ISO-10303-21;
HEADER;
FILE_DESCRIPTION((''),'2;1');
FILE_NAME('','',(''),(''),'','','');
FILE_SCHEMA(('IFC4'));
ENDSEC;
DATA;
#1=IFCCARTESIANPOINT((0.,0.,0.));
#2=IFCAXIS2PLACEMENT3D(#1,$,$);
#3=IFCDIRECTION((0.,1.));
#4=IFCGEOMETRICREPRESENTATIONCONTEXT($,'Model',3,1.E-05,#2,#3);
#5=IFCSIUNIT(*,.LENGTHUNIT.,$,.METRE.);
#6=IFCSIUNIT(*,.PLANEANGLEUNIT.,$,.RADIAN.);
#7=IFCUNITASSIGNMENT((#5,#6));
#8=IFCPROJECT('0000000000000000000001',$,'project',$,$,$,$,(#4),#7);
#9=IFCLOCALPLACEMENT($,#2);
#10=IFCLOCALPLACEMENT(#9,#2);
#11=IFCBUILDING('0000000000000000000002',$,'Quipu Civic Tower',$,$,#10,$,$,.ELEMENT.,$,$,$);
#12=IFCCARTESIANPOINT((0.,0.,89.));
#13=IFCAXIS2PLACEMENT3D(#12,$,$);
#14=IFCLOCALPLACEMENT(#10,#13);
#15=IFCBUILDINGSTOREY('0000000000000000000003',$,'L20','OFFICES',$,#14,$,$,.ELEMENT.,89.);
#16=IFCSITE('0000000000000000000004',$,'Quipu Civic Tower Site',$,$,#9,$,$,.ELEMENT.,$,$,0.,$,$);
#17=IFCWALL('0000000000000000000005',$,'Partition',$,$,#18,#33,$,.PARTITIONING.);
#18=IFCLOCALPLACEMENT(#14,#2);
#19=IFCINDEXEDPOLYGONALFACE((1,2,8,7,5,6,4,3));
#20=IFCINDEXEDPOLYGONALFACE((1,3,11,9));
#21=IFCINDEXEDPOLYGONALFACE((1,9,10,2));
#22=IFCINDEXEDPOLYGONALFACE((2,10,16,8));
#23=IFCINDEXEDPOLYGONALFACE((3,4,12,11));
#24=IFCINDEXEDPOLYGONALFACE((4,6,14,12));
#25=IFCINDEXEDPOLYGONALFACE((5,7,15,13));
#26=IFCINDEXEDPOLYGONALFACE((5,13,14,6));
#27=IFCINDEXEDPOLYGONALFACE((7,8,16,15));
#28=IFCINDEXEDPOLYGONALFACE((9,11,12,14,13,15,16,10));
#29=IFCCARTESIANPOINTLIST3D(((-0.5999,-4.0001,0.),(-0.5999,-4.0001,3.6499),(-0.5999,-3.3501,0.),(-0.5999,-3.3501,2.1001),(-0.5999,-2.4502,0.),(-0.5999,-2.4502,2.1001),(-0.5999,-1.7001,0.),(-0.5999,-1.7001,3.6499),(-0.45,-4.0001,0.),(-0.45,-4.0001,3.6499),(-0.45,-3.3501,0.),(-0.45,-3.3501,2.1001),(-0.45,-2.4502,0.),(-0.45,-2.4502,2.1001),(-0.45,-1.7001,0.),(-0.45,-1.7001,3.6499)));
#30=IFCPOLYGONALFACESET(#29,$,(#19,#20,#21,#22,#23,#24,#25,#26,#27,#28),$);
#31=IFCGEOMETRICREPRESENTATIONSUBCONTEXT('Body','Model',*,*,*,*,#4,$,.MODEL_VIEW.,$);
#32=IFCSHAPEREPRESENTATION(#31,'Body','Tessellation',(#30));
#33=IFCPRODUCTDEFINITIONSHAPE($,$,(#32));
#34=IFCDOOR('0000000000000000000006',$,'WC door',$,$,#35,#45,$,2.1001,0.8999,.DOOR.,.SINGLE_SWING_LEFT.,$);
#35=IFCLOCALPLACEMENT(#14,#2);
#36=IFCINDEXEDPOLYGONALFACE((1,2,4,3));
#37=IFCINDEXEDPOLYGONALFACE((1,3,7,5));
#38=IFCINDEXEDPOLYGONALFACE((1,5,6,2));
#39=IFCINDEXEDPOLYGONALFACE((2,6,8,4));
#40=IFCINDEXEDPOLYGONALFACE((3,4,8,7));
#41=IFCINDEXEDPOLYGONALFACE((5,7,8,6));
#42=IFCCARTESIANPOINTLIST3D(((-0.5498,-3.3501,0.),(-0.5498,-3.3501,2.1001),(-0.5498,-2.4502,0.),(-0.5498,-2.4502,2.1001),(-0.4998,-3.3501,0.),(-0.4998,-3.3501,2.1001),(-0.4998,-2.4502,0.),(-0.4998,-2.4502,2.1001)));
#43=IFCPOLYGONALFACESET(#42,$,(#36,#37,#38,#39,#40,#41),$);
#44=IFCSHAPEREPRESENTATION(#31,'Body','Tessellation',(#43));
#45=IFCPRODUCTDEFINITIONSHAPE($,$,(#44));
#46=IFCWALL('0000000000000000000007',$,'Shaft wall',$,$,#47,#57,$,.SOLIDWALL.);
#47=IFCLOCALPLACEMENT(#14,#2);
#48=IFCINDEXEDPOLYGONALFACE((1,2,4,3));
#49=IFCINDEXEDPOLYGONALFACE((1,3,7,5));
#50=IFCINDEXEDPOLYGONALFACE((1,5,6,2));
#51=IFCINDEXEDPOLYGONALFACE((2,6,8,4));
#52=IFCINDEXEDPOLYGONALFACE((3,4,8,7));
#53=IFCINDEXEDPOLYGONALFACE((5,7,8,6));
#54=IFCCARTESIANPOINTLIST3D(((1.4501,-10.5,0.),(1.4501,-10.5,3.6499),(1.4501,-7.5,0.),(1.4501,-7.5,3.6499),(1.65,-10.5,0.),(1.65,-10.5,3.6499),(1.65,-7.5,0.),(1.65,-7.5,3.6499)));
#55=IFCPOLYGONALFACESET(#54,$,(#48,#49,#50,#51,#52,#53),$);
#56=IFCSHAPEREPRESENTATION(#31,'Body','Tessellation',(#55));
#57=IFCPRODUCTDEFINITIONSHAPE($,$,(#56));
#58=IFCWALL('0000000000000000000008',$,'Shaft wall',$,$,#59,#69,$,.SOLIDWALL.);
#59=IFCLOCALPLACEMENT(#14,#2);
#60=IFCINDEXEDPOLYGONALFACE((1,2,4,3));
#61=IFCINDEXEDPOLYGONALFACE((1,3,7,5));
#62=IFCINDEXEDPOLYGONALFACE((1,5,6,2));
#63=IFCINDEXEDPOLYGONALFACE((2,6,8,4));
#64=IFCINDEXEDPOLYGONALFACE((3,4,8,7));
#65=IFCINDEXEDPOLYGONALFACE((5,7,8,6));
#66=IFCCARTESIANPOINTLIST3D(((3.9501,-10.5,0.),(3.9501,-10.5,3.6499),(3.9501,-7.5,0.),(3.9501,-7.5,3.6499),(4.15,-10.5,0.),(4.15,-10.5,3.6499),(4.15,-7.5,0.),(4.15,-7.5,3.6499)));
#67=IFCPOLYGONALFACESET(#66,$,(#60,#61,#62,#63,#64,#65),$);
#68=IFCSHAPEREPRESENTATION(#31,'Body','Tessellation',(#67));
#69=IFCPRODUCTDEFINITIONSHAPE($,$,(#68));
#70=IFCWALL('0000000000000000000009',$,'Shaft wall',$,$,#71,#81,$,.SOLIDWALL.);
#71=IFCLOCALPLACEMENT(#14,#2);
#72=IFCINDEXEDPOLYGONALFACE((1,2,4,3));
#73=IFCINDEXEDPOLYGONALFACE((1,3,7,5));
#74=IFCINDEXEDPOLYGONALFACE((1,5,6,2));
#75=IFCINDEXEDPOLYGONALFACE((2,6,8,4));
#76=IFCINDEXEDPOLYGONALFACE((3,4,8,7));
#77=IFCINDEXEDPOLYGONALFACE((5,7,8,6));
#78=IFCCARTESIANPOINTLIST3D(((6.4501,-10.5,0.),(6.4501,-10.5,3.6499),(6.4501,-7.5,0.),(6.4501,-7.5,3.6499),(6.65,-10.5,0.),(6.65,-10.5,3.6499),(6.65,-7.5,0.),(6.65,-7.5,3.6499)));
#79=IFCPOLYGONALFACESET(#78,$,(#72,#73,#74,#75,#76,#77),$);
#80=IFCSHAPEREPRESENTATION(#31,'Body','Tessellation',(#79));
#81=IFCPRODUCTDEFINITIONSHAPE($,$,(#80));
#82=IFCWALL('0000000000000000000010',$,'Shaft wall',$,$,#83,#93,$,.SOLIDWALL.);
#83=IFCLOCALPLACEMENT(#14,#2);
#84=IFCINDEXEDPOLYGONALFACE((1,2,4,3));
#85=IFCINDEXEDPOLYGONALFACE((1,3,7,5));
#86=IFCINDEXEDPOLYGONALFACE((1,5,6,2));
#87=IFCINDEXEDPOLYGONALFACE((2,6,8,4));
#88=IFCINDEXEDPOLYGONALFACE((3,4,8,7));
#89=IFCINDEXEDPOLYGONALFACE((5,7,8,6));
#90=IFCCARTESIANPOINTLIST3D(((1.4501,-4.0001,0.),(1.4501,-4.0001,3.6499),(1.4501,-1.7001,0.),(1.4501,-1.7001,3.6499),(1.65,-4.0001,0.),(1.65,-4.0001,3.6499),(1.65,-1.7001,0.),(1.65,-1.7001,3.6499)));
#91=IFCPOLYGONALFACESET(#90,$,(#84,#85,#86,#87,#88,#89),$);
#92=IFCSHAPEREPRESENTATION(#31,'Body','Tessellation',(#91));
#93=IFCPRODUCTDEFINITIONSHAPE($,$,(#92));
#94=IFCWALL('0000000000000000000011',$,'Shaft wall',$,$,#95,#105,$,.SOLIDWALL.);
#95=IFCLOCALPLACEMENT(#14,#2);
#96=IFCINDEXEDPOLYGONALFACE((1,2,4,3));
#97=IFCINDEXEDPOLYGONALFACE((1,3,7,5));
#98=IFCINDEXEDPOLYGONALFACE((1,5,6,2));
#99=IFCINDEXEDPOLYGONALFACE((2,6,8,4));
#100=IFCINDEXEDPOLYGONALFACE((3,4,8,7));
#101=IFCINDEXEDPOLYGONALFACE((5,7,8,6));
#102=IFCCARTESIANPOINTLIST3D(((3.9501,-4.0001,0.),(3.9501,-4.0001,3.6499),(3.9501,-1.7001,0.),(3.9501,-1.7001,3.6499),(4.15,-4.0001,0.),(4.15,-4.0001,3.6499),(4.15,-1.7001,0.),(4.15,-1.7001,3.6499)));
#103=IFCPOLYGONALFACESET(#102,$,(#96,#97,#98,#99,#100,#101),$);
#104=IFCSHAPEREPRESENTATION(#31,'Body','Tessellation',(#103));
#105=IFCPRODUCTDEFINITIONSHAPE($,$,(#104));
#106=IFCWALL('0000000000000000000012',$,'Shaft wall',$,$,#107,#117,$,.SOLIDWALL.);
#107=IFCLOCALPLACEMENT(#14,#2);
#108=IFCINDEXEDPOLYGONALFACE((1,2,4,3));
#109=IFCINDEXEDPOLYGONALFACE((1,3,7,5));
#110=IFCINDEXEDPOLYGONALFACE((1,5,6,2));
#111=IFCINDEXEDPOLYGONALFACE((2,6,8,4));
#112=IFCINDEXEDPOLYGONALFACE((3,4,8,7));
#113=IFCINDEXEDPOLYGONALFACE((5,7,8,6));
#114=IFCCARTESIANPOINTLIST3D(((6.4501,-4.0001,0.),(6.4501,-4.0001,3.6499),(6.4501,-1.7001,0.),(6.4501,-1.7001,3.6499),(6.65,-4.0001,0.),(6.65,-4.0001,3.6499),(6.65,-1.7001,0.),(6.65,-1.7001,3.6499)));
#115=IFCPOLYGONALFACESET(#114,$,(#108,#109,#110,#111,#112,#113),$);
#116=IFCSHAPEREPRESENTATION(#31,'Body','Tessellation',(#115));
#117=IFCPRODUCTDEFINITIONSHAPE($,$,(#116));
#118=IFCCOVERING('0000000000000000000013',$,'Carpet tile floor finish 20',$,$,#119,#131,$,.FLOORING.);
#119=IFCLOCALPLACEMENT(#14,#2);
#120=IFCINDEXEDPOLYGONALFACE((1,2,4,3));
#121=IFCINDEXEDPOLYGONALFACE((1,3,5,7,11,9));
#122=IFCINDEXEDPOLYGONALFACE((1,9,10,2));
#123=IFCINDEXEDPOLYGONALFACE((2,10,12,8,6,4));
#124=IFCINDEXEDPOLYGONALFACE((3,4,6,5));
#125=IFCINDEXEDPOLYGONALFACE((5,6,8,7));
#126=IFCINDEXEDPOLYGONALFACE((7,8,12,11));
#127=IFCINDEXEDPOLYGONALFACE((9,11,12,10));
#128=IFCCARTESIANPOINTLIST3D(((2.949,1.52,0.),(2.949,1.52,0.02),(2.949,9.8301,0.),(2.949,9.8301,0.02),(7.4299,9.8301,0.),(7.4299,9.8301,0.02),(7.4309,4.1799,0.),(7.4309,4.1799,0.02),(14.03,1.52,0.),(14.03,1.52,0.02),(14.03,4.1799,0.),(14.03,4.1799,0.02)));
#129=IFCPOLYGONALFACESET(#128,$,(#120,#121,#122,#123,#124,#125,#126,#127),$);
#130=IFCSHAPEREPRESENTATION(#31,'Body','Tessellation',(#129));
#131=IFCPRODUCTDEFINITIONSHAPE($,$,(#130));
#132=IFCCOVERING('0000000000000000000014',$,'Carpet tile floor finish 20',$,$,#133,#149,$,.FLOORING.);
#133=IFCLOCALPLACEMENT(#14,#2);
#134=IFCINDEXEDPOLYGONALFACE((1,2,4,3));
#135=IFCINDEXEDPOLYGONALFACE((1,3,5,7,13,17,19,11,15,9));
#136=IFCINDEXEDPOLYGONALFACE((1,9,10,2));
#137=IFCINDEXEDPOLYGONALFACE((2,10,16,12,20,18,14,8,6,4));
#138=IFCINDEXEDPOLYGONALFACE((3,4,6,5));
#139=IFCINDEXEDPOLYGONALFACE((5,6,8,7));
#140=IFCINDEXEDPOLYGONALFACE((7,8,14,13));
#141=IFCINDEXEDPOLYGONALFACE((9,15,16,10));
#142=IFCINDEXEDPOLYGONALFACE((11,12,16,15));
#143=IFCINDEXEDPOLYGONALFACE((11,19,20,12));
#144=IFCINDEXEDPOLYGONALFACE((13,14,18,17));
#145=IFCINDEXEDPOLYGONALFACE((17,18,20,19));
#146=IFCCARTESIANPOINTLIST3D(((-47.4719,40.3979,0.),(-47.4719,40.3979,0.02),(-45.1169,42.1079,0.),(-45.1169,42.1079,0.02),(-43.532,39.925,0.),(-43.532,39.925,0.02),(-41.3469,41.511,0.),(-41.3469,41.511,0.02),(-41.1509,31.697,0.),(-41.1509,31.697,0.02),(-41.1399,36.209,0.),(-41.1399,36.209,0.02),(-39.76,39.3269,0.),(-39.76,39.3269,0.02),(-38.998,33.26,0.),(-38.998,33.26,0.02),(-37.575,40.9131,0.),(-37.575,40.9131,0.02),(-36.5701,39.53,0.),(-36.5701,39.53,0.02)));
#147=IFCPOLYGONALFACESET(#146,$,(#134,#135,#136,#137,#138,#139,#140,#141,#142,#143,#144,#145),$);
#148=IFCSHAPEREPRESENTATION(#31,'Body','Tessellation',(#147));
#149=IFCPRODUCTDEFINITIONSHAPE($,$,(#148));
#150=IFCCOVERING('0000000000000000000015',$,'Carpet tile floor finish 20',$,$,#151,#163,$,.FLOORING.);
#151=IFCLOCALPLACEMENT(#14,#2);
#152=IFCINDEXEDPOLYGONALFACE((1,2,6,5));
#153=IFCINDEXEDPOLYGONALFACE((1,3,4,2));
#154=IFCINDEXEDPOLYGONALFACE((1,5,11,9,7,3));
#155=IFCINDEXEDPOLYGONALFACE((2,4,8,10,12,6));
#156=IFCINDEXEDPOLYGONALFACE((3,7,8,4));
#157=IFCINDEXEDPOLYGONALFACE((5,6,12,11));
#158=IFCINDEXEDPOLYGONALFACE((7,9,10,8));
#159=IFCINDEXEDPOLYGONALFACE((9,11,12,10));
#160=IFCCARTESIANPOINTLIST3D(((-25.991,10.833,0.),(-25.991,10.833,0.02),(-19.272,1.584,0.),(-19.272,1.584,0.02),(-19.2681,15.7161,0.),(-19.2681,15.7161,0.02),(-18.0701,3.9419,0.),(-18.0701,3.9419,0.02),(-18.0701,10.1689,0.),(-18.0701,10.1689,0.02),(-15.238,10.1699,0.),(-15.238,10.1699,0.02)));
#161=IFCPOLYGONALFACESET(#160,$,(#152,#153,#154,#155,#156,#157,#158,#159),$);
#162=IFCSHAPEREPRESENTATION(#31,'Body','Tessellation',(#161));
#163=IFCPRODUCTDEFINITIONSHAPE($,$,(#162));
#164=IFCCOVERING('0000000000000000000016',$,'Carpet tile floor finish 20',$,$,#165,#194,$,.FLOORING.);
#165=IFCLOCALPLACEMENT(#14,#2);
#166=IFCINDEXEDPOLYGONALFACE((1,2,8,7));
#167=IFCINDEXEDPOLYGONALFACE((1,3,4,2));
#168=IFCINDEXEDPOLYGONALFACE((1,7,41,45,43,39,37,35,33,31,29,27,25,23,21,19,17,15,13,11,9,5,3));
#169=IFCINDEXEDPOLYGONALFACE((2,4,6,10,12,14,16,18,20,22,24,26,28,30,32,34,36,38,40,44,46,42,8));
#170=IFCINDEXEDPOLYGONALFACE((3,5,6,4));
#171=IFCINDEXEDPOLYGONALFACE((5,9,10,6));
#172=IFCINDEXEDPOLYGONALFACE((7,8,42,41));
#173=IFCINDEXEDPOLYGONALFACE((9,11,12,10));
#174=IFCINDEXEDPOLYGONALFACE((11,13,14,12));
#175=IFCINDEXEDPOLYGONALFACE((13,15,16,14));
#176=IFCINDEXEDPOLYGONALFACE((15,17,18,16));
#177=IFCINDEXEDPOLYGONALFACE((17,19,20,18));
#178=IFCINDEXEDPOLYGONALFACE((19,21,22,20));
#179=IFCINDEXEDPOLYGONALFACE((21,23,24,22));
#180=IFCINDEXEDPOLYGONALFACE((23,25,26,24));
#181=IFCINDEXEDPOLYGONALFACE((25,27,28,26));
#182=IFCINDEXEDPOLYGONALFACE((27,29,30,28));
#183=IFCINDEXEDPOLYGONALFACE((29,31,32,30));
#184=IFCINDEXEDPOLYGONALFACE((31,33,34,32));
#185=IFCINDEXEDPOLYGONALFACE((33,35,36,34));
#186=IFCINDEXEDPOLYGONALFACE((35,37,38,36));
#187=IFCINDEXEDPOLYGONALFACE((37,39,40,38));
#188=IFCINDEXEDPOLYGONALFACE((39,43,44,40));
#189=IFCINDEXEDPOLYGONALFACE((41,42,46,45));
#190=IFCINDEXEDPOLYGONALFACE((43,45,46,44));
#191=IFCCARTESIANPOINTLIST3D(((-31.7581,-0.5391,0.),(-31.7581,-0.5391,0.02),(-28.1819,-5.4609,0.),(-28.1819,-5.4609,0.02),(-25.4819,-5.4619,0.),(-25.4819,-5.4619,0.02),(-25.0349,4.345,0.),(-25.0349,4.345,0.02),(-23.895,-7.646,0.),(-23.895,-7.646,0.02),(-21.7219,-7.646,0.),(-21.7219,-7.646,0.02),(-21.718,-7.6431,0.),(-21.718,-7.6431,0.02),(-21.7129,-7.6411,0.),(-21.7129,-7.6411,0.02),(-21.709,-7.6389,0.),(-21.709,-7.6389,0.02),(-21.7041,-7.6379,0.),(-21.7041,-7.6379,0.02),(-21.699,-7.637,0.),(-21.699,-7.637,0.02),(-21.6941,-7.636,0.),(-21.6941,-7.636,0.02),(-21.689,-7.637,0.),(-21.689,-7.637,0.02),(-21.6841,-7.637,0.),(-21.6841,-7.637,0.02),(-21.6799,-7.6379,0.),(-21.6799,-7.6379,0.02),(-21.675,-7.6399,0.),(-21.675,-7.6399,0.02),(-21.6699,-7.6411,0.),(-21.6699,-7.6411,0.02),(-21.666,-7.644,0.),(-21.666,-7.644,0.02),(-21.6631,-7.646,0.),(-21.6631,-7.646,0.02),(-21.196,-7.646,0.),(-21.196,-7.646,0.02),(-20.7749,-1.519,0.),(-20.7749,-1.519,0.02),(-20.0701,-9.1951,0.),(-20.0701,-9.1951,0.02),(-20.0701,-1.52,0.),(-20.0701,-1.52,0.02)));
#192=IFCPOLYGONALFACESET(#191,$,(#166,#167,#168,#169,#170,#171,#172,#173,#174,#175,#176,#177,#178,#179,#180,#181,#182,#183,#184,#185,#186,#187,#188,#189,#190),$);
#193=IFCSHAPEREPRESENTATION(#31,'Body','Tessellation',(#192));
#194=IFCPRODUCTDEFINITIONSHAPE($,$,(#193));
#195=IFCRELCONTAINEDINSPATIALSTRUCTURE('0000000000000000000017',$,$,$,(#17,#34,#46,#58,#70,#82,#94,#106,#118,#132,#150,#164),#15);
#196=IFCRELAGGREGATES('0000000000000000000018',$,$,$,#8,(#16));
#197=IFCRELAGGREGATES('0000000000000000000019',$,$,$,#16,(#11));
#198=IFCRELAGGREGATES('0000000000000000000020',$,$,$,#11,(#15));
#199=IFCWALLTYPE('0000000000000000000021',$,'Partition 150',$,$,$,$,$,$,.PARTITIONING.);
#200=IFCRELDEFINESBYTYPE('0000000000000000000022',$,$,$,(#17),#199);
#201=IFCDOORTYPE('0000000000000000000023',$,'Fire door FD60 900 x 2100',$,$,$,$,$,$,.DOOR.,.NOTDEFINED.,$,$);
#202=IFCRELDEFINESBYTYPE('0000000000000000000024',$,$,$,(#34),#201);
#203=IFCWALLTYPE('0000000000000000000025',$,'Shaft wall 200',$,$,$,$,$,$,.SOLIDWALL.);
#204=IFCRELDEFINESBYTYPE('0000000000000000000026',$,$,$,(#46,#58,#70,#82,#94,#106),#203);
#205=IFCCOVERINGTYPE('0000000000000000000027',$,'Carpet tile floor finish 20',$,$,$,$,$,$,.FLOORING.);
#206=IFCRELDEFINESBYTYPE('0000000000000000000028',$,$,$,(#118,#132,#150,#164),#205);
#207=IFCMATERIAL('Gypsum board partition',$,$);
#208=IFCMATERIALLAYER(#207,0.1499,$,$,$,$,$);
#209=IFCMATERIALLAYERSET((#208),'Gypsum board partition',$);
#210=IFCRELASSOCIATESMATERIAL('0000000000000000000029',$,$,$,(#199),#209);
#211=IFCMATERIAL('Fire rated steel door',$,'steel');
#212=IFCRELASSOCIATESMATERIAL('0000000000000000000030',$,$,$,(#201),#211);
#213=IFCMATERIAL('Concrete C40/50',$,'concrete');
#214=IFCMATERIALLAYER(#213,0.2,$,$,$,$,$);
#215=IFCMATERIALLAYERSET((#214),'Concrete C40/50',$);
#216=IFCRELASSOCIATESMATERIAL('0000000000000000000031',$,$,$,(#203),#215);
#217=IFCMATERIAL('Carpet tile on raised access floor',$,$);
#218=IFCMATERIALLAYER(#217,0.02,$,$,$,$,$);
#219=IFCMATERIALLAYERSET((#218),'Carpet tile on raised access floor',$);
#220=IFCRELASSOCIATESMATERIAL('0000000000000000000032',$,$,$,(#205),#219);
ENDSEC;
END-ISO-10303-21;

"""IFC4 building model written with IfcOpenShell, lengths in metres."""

from ifc_helpers import new_model, si_unit, direction, frame, frame_2d, origin, place, context, subcontext, project, spatial, polyline, rectangle, outline, extrude, material, layer, layer_set, type_object, element, fill, save


model = new_model("IFC4")

# Units and contexts
model_context = context("Model", 3, precision=1e-05, world=origin(), true_north=direction((0.0, 1.0)))
body_context = subcontext(model_context, "Body", "Model", "MODEL_VIEW")
ifc_project = project(units=[si_unit("LENGTHUNIT", "METRE"), si_unit("PLANEANGLEUNIT", "RADIAN")], contexts=[model_context])

# Site, building, storey
site_placement = place(None, origin())
site = spatial("IfcSite", under=ifc_project, at=site_placement, Name="Quipu Civic Tower Site", CompositionType="ELEMENT", RefElevation=0.0)
building_placement = place(site_placement, origin())
building = spatial("IfcBuilding", under=site, at=building_placement, Name="Quipu Civic Tower", CompositionType="ELEMENT")
storey_placement = place(building_placement, frame((0.0, 0.0, 89.0)))
storey = spatial("IfcBuildingStorey", under=building, at=storey_placement, Name="L20", Description="OFFICES", CompositionType="ELEMENT", Elevation=89.0)

# Shared definitions
ifc_material_1 = material(Name="Gypsum board partition")
ifc_layer_1 = layer(ifc_material_1, 0.1499)
ifc_layer_set_1 = layer_set([ifc_layer_1], Name="Gypsum board partition")
wall_type_1 = type_object("IfcWallType", Name="Partition 150", PredefinedType="PARTITIONING", material=ifc_layer_set_1)

# Wall, opening, door
wall_1_placement = place(storey_placement, frame((-0.5249, -4.0, 0.0), z_axis=(0.0, 0.0, 1.0), x_axis=(0.0, 1.0, 0.0)))
wall_1 = element("IfcWall", 1, at=wall_1_placement, inside=storey, type_object=wall_type_1, Name="Partition", PredefinedType="PARTITIONING", context=body_context, shape_type="SweptSolid", body=[
    extrude(rectangle(XDim=2.3, YDim=0.1499, at=frame_2d((1.1499, 0.0))), origin(), (0.0, 0.0, 1.0), 3.6499),
])
opening_1_placement = place(wall_1_placement, frame((0.6499, 0.0, 0.0)))
opening_1 = element("IfcOpeningElement", 2, at=opening_1_placement, cuts=wall_1, PredefinedType="OPENING", context=body_context, shape_type="SweptSolid", body=[
    extrude(rectangle(XDim=0.8999, YDim=2.1001, at=frame_2d((0.45, 1.05))), frame((0.0, 0.085, 0.0), z_axis=(0.0, -1.0, 0.0), x_axis=(1.0, 0.0, 0.0)), (0.0, 0.0, 1.0), 0.1699),
])
ifc_material_2 = material(Name="Fire rated steel door", Category="steel")
door_type_1 = type_object("IfcDoorType", Name="Fire door FD60 900 x 2100", OperationType="NOTDEFINED", PredefinedType="DOOR", material=ifc_material_2)
door_1_placement = place(opening_1_placement, origin())
door_1 = element("IfcDoor", 3, at=door_1_placement, inside=storey, type_object=door_type_1, Name="WC door", OperationType="SINGLE_SWING_LEFT", OverallHeight=2.1001, OverallWidth=0.8999, PredefinedType="DOOR", context=body_context, shape_type="SweptSolid", body=[
    extrude(rectangle(XDim=0.8999, YDim=2.1001, at=frame_2d((0.45, 1.05))), frame((0.0, 0.0249, 0.0), z_axis=(0.0, -1.0, 0.0), x_axis=(1.0, 0.0, 0.0)), (0.0, 0.0, 1.0), 0.05),
])
fill(opening_1, door_1)

# Walls
ifc_material_3 = material(Name="Concrete C40/50", Category="concrete")
ifc_layer_2 = layer(ifc_material_3, 0.2)
ifc_layer_set_2 = layer_set([ifc_layer_2], Name="Concrete C40/50")
wall_type_2 = type_object("IfcWallType", Name="Shaft wall 200", PredefinedType="SOLIDWALL", material=ifc_layer_set_2)
for number, where, z_axis, x_axis, name in (
    (4, (1.55, -10.5, 0.0), (0.0, 0.0, 1.0), (0.0, 1.0, 0.0), "Shaft wall"),
    (5, (4.05, -10.5, 0.0), (0.0, 0.0, 1.0), (0.0, 1.0, 0.0), "Shaft wall"),
    (6, (6.55, -10.5, 0.0), (0.0, 0.0, 1.0), (0.0, 1.0, 0.0), "Shaft wall"),
):
    element("IfcWall", number, at=place(storey_placement, frame(where, z_axis=z_axis, x_axis=x_axis)), inside=storey, type_object=wall_type_2, Name=name, PredefinedType="SOLIDWALL", context=body_context, shape_type="SweptSolid", body=[
        extrude(rectangle(XDim=3.0, YDim=0.2, at=frame_2d((1.5, 0.0))), origin(), (0.0, 0.0, 1.0), 3.6499),
    ])
for number, where, z_axis, x_axis, name in (
    (7, (1.55, -4.0, 0.0), (0.0, 0.0, 1.0), (0.0, 1.0, 0.0), "Shaft wall"),
    (8, (4.05, -4.0, 0.0), (0.0, 0.0, 1.0), (0.0, 1.0, 0.0), "Shaft wall"),
    (9, (6.55, -4.0, 0.0), (0.0, 0.0, 1.0), (0.0, 1.0, 0.0), "Shaft wall"),
):
    element("IfcWall", number, at=place(storey_placement, frame(where, z_axis=z_axis, x_axis=x_axis)), inside=storey, type_object=wall_type_2, Name=name, PredefinedType="SOLIDWALL", context=body_context, shape_type="SweptSolid", body=[
        extrude(rectangle(XDim=2.3, YDim=0.2, at=frame_2d((1.1499, 0.0))), origin(), (0.0, 0.0, 1.0), 3.6499),
    ])

# Coverings
ifc_material_4 = material(Name="Carpet tile on raised access floor")
ifc_layer_3 = layer(ifc_material_4, 0.02)
ifc_layer_set_3 = layer_set([ifc_layer_3], Name="Carpet tile on raised access floor")
covering_type_1 = type_object("IfcCoveringType", Name="Carpet tile floor finish 20", PredefinedType="FLOORING", material=ifc_layer_set_3)
covering_1_placement = place(storey_placement, origin())
element("IfcCovering", 10, at=covering_1_placement, inside=storey, type_object=covering_type_1, Name="Carpet tile floor finish 20", PredefinedType="FLOORING", context=body_context, shape_type="SweptSolid", body=[
    extrude(outline(polyline([(2.949, 1.52), (2.949, 9.8301), (7.4299, 9.8301), (7.4309, 4.1799), (14.03, 4.1799), (14.03, 1.52), (2.949, 1.52)])), origin(), (0.0, 0.0, 1.0), 0.02),
])
covering_2_placement = place(storey_placement, origin())
element("IfcCovering", 11, at=covering_2_placement, inside=storey, type_object=covering_type_1, Name="Carpet tile floor finish 20", PredefinedType="FLOORING", context=body_context, shape_type="SweptSolid", body=[
    extrude(outline(polyline([(-47.4719, 40.3979), (-45.1169, 42.1079), (-43.532, 39.925), (-41.3469, 41.511), (-39.76, 39.3269), (-37.575, 40.9131), (-36.5701, 39.53), (-41.1399, 36.209), (-38.998, 33.26), (-41.1509, 31.697), (-47.4719, 40.3979)])), origin(), (0.0, 0.0, 1.0), 0.02),
])
covering_3_placement = place(storey_placement, origin())
element("IfcCovering", 12, at=covering_3_placement, inside=storey, type_object=covering_type_1, Name="Carpet tile floor finish 20", PredefinedType="FLOORING", context=body_context, shape_type="SweptSolid", body=[
    extrude(outline(polyline([(-25.991, 10.833), (-19.2681, 15.7161), (-15.238, 10.1699), (-18.0701, 10.1689), (-18.0701, 3.9419), (-19.272, 1.584), (-25.991, 10.833)])), origin(), (0.0, 0.0, 1.0), 0.02),
])
covering_4_placement = place(storey_placement, origin())
element("IfcCovering", 13, at=covering_4_placement, inside=storey, type_object=covering_type_1, Name="Carpet tile floor finish 20", PredefinedType="FLOORING", context=body_context, shape_type="SweptSolid", body=[
    extrude(outline(polyline([(-31.7581, -0.5391), (-25.0349, 4.345), (-20.7749, -1.519), (-20.0701, -1.52), (-20.0701, -9.1951), (-21.196, -7.646), (-21.6631, -7.646), (-21.666, -7.644), (-21.6699, -7.6411), (-21.675, -7.6399), (-21.6799, -7.6379), (-21.6841, -7.637), (-21.689, -7.637), (-21.6941, -7.636), (-21.699, -7.637), (-21.7041, -7.6379), (-21.709, -7.6389), (-21.7129, -7.6411), (-21.718, -7.6431), (-21.7219, -7.646), (-21.7219, -7.646), (-23.895, -7.646), (-25.4819, -5.4619), (-28.1819, -5.4609), (-31.7581, -0.5391)])), origin(), (0.0, 0.0, 1.0), 0.02),
])

save(model, "model.ifc")
